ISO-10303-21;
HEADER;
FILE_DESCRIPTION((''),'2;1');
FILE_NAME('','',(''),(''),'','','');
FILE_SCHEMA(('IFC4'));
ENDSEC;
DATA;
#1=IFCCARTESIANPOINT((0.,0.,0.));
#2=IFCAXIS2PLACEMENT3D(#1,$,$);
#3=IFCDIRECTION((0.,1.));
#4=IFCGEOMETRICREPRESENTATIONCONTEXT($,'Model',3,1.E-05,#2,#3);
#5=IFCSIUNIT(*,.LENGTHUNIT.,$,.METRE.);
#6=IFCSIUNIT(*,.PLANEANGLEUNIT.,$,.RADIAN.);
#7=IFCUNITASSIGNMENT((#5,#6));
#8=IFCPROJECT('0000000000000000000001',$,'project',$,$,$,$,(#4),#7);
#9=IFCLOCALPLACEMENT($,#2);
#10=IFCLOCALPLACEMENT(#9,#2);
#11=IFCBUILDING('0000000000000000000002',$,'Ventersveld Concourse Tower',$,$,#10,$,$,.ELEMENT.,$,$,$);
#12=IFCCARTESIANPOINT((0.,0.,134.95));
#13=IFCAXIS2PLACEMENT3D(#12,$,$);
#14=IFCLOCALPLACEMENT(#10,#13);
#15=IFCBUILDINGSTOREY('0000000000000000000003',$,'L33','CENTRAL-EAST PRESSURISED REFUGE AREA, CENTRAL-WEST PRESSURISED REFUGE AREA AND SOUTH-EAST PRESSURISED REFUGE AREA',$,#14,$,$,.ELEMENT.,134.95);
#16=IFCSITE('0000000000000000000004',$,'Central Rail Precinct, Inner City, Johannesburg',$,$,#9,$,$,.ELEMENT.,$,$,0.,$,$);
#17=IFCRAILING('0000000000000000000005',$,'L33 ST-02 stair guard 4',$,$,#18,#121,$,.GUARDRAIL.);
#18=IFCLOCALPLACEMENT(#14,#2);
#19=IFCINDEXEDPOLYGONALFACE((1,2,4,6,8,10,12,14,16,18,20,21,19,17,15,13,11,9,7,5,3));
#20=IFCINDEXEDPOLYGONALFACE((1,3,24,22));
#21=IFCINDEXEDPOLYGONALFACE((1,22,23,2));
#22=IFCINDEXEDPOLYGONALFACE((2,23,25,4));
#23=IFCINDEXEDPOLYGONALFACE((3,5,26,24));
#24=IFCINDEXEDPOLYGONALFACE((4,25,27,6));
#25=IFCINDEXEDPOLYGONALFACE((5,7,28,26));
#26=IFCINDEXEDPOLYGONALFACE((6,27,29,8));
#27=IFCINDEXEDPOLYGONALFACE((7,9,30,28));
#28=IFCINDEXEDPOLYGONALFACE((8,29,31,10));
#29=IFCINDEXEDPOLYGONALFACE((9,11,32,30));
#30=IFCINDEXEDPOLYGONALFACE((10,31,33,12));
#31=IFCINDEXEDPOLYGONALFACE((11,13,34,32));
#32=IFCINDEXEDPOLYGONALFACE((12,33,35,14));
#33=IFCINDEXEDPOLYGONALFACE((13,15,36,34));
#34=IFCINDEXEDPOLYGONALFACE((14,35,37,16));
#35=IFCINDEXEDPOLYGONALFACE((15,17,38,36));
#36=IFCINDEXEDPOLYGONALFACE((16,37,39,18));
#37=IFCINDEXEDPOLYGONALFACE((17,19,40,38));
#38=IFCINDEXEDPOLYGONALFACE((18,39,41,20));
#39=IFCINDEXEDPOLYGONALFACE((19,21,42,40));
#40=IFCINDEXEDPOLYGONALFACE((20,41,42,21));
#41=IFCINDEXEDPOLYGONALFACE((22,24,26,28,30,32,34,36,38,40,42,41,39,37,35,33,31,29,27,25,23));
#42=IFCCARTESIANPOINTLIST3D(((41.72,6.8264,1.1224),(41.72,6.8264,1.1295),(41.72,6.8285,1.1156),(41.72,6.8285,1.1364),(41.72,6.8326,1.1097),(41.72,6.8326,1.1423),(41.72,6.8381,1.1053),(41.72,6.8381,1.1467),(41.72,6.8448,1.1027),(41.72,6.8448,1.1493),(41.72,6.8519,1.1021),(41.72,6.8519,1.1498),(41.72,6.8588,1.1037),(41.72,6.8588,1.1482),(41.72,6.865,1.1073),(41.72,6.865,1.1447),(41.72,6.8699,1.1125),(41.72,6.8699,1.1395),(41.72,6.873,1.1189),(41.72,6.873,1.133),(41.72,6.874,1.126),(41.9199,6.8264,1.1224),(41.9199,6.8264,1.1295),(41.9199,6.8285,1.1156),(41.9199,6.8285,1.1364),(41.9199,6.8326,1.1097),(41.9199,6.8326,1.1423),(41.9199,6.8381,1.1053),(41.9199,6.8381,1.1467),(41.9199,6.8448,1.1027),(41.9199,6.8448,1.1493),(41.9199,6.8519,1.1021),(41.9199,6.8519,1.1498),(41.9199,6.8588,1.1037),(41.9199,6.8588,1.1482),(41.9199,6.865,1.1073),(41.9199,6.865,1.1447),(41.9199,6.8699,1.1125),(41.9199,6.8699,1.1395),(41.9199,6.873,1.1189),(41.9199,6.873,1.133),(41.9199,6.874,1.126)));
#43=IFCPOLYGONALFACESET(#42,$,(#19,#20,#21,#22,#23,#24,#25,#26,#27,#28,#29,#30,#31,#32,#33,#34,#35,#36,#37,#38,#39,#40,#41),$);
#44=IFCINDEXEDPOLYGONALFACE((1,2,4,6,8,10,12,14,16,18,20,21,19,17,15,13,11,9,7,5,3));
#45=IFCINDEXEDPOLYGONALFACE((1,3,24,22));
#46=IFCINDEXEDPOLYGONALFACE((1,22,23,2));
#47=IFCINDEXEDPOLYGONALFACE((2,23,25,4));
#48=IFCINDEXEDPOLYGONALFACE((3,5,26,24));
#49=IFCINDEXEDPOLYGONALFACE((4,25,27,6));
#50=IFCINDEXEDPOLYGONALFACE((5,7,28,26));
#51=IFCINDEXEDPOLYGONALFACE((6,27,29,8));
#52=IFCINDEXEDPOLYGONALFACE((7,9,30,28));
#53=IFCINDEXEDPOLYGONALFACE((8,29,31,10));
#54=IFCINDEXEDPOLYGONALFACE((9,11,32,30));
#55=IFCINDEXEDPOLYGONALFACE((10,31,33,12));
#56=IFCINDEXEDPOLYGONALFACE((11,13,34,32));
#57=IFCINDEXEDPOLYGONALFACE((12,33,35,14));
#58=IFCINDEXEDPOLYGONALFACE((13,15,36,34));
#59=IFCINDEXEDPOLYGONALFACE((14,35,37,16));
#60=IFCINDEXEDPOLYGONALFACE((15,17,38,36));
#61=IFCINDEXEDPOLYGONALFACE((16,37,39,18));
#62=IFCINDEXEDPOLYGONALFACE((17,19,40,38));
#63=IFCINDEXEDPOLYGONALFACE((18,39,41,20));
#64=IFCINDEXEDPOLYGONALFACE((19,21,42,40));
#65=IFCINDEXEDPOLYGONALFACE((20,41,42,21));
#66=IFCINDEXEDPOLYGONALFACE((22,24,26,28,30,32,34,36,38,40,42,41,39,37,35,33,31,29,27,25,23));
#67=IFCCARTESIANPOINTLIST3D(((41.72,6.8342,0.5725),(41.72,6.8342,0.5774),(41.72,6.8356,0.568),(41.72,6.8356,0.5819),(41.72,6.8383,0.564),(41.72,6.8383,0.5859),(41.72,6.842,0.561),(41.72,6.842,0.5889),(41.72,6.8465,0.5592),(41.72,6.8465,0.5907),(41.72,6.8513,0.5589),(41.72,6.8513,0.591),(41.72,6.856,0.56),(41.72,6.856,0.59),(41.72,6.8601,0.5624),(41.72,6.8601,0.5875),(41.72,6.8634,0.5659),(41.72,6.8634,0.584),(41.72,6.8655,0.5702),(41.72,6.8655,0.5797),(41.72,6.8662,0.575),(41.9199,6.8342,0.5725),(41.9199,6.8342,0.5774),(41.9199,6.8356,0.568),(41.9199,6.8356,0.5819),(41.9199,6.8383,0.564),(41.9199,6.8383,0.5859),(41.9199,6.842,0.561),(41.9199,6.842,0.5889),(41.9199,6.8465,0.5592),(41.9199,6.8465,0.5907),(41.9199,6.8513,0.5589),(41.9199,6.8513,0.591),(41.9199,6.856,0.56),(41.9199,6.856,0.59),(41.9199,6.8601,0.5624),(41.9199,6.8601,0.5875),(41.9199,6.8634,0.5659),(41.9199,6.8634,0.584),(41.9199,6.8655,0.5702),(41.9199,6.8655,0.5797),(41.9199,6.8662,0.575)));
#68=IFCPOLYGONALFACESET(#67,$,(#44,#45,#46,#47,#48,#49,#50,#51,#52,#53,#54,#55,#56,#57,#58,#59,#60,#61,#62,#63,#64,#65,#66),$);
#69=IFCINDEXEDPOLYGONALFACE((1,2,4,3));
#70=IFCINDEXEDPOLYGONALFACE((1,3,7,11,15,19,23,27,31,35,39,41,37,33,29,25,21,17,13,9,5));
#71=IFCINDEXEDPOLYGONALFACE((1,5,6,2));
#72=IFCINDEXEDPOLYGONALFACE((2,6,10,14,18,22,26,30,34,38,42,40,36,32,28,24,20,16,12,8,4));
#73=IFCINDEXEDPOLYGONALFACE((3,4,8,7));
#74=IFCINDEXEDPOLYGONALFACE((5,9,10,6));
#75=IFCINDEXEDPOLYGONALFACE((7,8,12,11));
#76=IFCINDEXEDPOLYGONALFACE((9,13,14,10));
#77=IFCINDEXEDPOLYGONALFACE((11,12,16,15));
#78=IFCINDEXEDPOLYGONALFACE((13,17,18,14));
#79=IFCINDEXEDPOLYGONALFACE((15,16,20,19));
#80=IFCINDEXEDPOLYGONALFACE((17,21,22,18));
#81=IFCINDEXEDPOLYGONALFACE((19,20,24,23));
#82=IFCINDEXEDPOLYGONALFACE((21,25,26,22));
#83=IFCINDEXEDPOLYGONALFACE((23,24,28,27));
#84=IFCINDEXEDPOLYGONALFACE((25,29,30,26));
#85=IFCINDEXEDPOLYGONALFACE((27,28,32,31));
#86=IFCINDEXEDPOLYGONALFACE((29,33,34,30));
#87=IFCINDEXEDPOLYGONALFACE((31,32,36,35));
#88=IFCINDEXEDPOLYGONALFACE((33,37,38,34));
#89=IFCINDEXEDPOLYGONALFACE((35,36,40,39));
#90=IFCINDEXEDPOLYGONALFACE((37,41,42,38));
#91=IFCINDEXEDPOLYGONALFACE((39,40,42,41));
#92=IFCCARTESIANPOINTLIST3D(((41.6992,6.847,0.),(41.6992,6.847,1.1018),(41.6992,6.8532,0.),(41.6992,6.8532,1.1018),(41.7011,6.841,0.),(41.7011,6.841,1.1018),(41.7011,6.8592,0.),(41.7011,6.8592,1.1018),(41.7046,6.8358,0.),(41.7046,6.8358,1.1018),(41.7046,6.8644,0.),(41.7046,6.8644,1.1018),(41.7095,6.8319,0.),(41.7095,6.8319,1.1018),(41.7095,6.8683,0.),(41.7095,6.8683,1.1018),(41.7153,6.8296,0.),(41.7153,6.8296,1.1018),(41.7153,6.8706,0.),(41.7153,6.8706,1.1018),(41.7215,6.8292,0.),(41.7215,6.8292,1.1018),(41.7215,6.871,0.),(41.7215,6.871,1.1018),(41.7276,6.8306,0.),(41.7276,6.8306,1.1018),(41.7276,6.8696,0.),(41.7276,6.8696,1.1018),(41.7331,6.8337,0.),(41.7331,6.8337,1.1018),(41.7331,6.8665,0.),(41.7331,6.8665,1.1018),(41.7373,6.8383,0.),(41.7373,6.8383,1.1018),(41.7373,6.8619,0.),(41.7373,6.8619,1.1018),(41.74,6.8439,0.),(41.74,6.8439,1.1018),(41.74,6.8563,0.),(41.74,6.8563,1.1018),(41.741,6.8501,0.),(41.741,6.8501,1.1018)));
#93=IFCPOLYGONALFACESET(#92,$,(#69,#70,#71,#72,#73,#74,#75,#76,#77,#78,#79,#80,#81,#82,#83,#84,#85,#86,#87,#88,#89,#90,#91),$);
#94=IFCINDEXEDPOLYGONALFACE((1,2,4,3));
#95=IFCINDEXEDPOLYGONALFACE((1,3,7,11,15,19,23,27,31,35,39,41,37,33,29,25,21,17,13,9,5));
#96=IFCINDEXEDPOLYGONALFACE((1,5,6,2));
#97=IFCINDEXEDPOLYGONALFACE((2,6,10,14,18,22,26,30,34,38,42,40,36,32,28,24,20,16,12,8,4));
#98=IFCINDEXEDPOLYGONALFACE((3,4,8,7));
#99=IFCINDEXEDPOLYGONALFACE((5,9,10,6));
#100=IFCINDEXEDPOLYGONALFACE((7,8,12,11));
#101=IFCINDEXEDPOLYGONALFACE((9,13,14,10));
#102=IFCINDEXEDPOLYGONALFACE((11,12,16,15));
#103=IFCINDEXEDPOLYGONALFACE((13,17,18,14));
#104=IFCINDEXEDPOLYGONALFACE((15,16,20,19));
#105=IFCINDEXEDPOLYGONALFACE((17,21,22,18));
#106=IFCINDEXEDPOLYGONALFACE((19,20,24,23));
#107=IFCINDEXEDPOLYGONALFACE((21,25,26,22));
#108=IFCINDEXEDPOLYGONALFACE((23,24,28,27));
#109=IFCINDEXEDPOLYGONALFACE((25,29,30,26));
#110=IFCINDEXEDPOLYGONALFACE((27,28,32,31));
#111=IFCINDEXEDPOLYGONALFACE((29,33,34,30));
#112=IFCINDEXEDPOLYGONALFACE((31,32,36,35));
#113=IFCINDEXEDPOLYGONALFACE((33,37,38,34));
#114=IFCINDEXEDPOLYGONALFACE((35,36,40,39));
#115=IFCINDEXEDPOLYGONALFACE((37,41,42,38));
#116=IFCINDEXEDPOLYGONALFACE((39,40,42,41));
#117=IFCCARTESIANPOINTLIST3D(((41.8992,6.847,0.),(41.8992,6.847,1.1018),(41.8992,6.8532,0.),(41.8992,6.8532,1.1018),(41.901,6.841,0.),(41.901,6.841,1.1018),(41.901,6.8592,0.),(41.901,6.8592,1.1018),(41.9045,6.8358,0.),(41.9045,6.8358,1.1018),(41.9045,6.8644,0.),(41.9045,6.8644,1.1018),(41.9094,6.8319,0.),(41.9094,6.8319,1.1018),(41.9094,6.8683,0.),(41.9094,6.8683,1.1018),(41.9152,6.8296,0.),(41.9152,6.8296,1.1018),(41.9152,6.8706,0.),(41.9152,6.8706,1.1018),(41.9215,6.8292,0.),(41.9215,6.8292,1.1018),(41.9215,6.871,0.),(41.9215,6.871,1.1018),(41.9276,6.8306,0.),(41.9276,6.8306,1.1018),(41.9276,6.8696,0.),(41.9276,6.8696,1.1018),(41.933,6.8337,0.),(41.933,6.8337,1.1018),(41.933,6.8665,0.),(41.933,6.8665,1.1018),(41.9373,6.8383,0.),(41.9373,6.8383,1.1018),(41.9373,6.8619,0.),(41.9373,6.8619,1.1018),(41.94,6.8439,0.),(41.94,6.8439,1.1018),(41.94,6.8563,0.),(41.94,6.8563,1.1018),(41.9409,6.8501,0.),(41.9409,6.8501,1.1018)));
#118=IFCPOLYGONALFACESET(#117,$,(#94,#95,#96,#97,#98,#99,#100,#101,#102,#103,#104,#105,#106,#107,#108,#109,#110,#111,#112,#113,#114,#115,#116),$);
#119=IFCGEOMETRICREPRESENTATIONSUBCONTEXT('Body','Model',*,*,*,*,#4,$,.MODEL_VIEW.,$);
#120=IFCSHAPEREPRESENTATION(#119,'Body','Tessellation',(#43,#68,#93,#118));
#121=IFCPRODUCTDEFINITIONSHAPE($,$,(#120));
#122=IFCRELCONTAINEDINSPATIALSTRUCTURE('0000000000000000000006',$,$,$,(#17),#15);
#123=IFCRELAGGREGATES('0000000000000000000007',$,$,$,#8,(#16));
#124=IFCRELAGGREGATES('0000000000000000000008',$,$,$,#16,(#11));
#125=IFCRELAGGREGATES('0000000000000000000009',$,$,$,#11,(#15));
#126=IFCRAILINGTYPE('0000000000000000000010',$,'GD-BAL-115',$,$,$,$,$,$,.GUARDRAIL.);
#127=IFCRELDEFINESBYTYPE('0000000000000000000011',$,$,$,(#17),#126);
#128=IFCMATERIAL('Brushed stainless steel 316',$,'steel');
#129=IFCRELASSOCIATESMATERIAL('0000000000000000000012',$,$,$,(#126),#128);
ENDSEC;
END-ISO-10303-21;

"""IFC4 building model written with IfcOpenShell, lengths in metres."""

from ifc_helpers import new_model, si_unit, direction, frame, origin, origin_2d, place, context, subcontext, project, spatial, circle, extrude, material, type_object, element, save


model = new_model("IFC4")

# Units and contexts
model_context = context("Model", 3, precision=1e-05, world=origin(), true_north=direction((0.0, 1.0)))
body_context = subcontext(model_context, "Body", "Model", "MODEL_VIEW")
ifc_project = project(units=[si_unit("LENGTHUNIT", "METRE"), si_unit("PLANEANGLEUNIT", "RADIAN")], contexts=[model_context])

# Site, building, storey
site_placement = place(None, origin())
site = spatial("IfcSite", under=ifc_project, at=site_placement, Name="Central Rail Precinct, Inner City, Johannesburg", CompositionType="ELEMENT", RefElevation=0.0)
building_placement = place(site_placement, origin())
building = spatial("IfcBuilding", under=site, at=building_placement, Name="Ventersveld Concourse Tower", CompositionType="ELEMENT")
storey_placement = place(building_placement, frame((0.0, 0.0, 134.95)))
storey = spatial("IfcBuildingStorey", under=building, at=storey_placement, Name="L33", Description="CENTRAL-EAST PRESSURISED REFUGE AREA, CENTRAL-WEST PRESSURISED REFUGE AREA AND SOUTH-EAST PRESSURISED REFUGE AREA", CompositionType="ELEMENT", Elevation=134.95)

# Railing
ifc_material_1 = material(Name="Brushed stainless steel 316", Category="steel")
railing_type_1 = type_object("IfcRailingType", Name="GD-BAL-115", PredefinedType="GUARDRAIL", material=ifc_material_1)
railing_1_placement = place(storey_placement, frame((41.72, 6.8501, 0.0)))
element("IfcRailing", 1, at=railing_1_placement, inside=storey, type_object=railing_type_1, Name="L33 ST-02 stair guard 4", PredefinedType="GUARDRAIL", context=body_context, shape_type="SweptSolid", body=[
    extrude(circle(Radius=0.0239, at=origin_2d()), frame((0.0, 0.0, 1.126), z_axis=(1.0, 0.0, 0.0), x_axis=(0.0, 1.0, 0.0)), (0.0, 0.0, 1.0), 0.2),
    extrude(circle(Radius=0.0161, at=origin_2d()), frame((0.0, 0.0, 0.575), z_axis=(1.0, 0.0, 0.0), x_axis=(0.0, 1.0, 0.0)), (0.0, 0.0, 1.0), 0.2),
    extrude(circle(Radius=0.021, at=origin_2d()), origin(), (0.0, 0.0, 1.0), 1.1018),
    extrude(circle(Radius=0.021, at=origin_2d()), frame((0.2, 0.0, 0.0)), (0.0, 0.0, 1.0), 1.1018),
])

save(model, "model.ifc")
